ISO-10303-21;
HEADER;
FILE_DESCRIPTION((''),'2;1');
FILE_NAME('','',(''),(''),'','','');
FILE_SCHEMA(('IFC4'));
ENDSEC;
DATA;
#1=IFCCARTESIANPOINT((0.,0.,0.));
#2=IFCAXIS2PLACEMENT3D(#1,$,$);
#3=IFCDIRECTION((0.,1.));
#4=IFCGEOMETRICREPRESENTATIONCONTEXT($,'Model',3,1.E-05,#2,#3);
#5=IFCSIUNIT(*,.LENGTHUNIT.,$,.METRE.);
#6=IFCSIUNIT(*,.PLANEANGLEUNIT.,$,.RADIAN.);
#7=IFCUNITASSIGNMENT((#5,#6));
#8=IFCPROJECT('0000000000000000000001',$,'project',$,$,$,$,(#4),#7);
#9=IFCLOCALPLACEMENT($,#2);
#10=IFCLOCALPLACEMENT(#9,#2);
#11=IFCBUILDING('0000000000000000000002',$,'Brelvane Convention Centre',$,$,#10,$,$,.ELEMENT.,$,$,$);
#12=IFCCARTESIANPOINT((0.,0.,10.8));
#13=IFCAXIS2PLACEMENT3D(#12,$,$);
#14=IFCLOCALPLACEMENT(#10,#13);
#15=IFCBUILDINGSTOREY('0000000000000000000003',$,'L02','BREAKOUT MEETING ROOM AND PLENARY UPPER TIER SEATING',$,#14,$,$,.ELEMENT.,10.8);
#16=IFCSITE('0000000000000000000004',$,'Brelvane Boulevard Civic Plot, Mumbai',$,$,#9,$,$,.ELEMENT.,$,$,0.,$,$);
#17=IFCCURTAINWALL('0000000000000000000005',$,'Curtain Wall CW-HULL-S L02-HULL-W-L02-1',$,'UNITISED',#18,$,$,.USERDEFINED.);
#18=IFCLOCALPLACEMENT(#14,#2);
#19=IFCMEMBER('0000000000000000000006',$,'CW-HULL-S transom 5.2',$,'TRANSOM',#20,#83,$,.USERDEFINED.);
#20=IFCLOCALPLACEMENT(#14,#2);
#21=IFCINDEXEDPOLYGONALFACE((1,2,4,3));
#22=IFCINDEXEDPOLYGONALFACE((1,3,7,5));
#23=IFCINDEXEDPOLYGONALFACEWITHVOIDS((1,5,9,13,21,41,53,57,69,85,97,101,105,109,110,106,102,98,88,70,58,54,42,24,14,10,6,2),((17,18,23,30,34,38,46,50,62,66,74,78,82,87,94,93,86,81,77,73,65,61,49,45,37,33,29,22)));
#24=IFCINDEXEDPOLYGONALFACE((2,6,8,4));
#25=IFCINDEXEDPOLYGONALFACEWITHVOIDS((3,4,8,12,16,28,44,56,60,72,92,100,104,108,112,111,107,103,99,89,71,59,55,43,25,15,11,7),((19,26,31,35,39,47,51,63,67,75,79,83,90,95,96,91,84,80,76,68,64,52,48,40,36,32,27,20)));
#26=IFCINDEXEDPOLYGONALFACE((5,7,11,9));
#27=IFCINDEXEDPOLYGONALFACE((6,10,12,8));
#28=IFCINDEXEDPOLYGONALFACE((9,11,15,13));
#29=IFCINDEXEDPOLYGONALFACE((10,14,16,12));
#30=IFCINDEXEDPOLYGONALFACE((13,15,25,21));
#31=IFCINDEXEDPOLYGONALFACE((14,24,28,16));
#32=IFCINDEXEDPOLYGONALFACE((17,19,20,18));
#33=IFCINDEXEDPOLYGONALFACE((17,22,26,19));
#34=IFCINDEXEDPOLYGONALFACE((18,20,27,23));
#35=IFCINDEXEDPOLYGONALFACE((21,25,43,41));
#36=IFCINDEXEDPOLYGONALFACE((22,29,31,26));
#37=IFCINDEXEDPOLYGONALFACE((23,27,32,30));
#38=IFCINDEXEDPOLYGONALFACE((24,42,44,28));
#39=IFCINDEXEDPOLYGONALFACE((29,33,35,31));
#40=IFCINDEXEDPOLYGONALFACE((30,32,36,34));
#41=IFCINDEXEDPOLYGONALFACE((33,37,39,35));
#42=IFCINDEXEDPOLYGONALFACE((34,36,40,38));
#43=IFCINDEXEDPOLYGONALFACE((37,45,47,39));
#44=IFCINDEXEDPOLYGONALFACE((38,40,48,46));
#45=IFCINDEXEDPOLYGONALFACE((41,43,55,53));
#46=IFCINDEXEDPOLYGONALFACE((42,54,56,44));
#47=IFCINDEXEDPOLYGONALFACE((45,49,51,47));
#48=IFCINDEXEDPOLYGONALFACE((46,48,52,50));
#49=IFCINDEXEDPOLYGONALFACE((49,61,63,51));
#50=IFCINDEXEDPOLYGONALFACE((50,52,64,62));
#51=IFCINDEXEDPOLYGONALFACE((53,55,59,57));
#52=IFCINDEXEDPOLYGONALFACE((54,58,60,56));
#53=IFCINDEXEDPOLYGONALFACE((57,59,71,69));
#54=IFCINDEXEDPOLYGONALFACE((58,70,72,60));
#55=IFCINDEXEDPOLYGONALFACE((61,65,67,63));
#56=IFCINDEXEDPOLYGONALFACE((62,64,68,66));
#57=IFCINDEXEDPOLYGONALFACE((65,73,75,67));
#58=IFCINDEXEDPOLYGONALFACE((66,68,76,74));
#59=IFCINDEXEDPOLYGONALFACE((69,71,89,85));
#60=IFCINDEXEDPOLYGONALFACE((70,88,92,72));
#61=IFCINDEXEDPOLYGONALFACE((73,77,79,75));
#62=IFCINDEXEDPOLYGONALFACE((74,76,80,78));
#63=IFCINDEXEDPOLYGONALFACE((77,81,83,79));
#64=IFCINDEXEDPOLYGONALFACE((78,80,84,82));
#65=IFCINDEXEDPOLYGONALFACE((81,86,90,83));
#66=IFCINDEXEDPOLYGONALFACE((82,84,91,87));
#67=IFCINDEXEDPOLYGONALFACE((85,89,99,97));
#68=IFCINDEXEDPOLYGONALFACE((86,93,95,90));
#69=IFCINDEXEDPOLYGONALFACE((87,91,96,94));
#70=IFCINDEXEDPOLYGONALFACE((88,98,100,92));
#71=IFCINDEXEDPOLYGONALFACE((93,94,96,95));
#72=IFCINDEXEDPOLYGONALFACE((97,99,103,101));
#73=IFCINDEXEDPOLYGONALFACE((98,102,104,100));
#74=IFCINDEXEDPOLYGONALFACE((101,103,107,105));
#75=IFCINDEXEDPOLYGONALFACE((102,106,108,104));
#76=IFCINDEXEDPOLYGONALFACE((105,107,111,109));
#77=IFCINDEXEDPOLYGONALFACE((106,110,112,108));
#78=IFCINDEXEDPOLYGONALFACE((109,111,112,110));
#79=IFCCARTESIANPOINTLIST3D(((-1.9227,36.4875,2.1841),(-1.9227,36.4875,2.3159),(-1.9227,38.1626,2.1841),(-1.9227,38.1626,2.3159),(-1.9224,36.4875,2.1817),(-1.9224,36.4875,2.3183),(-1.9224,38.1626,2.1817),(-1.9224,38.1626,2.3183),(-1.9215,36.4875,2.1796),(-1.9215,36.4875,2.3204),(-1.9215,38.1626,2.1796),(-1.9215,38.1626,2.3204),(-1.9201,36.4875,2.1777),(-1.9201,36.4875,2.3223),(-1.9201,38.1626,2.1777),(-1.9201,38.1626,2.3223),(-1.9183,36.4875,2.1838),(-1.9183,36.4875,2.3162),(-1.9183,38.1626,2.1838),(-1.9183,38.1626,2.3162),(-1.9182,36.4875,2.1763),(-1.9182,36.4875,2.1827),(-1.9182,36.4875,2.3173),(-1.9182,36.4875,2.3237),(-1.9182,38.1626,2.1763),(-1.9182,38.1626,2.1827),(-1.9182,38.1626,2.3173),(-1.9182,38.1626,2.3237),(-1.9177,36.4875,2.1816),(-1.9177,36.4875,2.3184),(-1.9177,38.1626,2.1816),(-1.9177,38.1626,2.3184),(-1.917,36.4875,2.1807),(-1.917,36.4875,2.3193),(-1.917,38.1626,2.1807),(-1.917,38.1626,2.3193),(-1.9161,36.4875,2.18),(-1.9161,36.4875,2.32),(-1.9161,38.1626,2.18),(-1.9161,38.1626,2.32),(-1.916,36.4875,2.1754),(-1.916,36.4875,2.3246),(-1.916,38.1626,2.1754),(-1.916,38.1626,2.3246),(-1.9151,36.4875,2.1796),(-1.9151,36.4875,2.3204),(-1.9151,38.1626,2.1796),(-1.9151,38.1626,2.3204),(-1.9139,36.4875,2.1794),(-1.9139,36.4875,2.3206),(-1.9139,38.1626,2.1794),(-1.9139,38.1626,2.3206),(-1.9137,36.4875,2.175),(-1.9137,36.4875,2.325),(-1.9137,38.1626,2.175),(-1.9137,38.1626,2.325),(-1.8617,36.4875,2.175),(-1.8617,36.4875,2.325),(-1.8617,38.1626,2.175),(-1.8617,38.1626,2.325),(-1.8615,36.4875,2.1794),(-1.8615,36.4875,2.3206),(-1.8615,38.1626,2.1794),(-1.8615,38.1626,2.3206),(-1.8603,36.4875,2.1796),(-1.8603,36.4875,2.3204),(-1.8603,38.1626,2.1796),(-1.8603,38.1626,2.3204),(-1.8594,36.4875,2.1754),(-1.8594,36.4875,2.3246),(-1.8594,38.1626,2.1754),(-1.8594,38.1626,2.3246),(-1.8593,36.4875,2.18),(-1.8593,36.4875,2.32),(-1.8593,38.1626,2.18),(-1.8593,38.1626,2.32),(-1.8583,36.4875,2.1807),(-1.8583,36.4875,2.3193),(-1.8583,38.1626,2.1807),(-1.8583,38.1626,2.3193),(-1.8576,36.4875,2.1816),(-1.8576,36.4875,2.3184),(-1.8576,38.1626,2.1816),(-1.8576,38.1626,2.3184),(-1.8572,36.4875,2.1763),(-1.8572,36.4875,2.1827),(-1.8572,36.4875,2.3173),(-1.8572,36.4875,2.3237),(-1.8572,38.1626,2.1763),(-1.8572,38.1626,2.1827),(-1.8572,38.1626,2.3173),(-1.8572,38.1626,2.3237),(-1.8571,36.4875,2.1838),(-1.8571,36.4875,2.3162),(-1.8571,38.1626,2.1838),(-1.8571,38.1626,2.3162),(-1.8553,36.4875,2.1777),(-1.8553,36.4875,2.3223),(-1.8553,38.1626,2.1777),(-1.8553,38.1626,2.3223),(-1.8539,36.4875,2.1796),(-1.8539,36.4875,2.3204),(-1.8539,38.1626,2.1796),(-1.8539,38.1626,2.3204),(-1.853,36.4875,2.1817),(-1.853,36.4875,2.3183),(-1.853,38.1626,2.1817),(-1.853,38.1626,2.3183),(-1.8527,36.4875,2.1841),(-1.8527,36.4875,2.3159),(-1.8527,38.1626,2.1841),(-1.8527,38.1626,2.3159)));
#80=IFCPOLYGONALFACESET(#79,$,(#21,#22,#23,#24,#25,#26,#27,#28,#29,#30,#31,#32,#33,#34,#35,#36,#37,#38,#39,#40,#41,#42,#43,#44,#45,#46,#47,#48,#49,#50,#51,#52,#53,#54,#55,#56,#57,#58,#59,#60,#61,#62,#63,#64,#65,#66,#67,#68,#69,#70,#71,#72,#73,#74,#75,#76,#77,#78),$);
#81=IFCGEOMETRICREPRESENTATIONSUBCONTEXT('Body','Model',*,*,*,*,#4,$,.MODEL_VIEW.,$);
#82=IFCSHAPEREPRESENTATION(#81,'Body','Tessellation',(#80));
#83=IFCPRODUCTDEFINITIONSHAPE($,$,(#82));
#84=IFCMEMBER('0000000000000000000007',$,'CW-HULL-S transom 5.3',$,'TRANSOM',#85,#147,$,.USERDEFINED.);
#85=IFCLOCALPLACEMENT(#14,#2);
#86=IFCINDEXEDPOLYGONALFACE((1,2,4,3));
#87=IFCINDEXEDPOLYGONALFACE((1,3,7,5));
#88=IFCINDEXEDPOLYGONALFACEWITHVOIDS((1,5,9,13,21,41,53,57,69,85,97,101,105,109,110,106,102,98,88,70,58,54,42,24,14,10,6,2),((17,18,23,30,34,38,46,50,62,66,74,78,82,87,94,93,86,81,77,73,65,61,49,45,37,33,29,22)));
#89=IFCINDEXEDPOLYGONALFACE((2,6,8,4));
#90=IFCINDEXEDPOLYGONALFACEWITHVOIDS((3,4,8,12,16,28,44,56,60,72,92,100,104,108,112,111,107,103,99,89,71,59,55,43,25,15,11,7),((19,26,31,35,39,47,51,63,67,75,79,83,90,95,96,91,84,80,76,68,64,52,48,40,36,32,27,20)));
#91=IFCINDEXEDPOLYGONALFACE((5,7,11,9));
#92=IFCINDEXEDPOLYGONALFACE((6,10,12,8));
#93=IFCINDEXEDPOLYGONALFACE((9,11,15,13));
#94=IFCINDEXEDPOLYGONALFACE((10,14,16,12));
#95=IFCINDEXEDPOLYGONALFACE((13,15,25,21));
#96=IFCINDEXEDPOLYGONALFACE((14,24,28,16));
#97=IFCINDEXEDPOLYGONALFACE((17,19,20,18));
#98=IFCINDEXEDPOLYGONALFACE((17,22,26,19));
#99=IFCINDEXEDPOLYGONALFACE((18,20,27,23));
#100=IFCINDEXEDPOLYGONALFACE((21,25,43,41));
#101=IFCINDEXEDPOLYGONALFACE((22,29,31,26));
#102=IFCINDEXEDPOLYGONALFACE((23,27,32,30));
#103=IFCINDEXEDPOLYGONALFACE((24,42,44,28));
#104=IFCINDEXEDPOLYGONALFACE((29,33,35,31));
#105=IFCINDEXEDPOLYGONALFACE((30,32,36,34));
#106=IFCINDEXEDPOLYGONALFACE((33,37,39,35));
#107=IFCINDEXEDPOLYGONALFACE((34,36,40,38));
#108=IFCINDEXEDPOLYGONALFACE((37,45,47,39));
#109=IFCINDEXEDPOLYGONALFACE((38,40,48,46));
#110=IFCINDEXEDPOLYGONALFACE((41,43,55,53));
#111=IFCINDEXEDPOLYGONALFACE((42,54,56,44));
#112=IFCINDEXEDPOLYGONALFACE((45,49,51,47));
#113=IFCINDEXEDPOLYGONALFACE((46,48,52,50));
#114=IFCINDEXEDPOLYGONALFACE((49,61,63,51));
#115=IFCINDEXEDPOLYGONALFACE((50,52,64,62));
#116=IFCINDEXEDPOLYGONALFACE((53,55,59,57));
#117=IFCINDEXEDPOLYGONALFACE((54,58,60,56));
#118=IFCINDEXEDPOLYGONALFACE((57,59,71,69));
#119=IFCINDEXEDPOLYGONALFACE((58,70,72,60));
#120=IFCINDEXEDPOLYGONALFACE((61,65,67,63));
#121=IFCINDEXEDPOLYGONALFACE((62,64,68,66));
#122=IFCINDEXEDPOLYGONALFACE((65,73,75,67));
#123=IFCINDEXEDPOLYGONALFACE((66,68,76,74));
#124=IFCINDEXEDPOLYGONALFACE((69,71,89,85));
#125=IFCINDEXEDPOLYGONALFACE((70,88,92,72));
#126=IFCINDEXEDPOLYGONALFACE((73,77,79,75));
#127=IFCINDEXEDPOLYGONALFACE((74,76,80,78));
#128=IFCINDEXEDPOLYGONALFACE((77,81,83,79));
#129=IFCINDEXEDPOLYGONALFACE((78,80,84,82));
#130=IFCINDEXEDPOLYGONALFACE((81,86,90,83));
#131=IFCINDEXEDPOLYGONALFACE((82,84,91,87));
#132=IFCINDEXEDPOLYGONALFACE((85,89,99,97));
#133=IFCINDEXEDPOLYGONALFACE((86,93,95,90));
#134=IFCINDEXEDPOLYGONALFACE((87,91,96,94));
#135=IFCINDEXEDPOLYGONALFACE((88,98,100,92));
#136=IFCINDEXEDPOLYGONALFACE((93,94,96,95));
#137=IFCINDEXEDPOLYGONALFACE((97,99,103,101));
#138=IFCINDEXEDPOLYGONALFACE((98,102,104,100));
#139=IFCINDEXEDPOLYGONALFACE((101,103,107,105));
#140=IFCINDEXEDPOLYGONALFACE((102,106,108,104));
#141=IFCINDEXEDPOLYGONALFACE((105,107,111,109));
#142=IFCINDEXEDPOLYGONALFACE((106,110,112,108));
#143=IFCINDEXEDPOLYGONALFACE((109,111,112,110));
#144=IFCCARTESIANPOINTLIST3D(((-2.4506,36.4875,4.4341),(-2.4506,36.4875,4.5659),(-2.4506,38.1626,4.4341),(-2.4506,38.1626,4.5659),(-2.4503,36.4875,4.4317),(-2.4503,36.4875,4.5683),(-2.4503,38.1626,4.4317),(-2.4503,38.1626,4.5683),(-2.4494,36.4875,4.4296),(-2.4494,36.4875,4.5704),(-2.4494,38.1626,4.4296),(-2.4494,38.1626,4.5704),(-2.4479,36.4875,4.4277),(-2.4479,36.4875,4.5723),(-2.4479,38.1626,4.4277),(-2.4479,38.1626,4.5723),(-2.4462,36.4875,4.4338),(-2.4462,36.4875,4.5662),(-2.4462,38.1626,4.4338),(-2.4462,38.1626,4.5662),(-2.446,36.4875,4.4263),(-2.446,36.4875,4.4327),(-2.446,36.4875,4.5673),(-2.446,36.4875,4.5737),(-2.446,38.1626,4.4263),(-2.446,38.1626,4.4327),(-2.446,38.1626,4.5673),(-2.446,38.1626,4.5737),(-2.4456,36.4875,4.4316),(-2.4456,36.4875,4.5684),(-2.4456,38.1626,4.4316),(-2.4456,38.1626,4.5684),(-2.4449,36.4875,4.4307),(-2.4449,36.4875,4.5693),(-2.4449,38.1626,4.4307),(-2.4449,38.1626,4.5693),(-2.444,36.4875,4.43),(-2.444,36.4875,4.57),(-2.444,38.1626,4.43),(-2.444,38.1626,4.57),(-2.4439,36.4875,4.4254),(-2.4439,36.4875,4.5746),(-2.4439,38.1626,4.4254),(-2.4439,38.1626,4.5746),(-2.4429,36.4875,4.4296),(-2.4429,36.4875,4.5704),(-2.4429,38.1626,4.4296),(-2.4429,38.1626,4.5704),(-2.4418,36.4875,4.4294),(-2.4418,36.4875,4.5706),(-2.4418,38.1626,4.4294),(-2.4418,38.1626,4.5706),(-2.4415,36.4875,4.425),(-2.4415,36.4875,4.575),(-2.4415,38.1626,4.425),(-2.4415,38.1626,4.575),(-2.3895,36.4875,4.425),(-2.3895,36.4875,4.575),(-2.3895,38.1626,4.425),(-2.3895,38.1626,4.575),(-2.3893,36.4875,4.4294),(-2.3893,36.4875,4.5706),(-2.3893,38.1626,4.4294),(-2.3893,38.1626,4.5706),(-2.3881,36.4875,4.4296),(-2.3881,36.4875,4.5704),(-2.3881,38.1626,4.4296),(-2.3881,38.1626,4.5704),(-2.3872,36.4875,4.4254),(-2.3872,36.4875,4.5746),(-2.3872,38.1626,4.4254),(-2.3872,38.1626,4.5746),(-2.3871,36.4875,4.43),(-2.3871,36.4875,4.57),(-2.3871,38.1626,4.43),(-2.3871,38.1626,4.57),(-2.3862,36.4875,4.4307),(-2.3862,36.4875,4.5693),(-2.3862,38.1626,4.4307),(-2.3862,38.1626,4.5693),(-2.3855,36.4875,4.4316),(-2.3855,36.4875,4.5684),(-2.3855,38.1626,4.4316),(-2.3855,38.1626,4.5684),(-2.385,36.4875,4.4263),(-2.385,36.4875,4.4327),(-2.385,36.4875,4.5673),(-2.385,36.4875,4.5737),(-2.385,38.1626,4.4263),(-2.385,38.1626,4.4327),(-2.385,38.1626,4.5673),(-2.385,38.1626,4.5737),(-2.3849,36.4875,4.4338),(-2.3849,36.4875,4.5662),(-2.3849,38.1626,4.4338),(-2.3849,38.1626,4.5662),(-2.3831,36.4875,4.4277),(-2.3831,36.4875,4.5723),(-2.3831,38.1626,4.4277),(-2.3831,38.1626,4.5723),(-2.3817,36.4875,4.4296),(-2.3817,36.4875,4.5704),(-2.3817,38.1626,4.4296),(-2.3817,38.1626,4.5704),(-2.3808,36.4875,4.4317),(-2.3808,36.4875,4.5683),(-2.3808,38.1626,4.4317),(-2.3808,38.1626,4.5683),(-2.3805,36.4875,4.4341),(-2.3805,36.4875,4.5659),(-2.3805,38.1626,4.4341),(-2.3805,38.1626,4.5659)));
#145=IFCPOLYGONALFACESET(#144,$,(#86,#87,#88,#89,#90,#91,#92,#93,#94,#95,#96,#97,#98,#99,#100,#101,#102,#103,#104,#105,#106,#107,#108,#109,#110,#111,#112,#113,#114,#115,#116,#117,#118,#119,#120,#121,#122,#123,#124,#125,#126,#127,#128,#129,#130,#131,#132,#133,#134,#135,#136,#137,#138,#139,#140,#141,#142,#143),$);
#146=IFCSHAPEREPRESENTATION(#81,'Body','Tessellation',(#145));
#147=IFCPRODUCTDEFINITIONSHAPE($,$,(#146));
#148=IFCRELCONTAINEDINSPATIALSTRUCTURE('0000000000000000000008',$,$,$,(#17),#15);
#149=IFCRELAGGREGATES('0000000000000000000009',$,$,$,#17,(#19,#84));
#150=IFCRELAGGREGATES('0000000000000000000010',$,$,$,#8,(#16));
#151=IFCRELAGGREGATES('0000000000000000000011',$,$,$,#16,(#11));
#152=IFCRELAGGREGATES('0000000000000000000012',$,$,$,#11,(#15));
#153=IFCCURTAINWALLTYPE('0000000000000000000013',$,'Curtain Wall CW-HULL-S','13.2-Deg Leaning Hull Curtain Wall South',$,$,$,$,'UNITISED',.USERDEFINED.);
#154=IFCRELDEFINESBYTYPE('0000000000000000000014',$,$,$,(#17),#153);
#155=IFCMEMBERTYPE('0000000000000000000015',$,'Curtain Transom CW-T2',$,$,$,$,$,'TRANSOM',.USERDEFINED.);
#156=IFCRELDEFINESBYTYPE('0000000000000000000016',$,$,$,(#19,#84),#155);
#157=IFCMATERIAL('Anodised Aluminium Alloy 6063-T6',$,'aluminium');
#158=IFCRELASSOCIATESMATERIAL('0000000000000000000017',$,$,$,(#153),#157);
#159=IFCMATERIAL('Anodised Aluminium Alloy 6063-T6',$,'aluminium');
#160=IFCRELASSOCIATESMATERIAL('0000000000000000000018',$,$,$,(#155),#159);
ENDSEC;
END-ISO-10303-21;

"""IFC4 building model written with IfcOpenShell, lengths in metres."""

from ifc_helpers import new_model, si_unit, direction, frame, origin, origin_2d, place, context, subcontext, project, spatial, hollow_rectangle, extrude, material, material_profile, profile_set, type_object, element, aggregate, save


model = new_model("IFC4")

# Units and contexts
model_context = context("Model", 3, precision=1e-05, world=origin(), true_north=direction((0.0, 1.0)))
body_context = subcontext(model_context, "Body", "Model", "MODEL_VIEW")
ifc_project = project(units=[si_unit("LENGTHUNIT", "METRE"), si_unit("PLANEANGLEUNIT", "RADIAN")], contexts=[model_context])

# Site, building, storey
site_placement = place(None, origin())
site = spatial("IfcSite", under=ifc_project, at=site_placement, Name="Brelvane Boulevard Civic Plot, Mumbai", CompositionType="ELEMENT", RefElevation=0.0)
building_placement = place(site_placement, origin())
building = spatial("IfcBuilding", under=site, at=building_placement, Name="Brelvane Convention Centre", CompositionType="ELEMENT")
storey_placement = place(building_placement, frame((0.0, 0.0, 10.8)))
storey = spatial("IfcBuildingStorey", under=building, at=storey_placement, Name="L02", Description="BREAKOUT MEETING ROOM AND PLENARY UPPER TIER SEATING", CompositionType="ELEMENT", Elevation=10.8)

# Curtain wall, members
ifc_material_1 = material(Name="Anodised Aluminium Alloy 6063-T6", Category="aluminium")
curtain_wall_type = type_object("IfcCurtainWallType", Name="Curtain Wall CW-HULL-S", Description="13.2-Deg Leaning Hull Curtain Wall South", ElementType="UNITISED", PredefinedType="USERDEFINED", material=ifc_material_1)
curtain_wall_1_placement = place(storey_placement, origin())
curtain_wall_1 = element("IfcCurtainWall", 1, at=curtain_wall_1_placement, inside=storey, type_object=curtain_wall_type, Name="Curtain Wall CW-HULL-S L02-HULL-W-L02-1", ObjectType="UNITISED", PredefinedType="USERDEFINED")
ifc_material_2 = material(Name="Anodised Aluminium Alloy 6063-T6", Category="aluminium")
ifc_material_profile = material_profile(ifc_material_2, hollow_rectangle(XDim=0.0701, YDim=0.1499, WallThickness=0.0044, InnerFilletRadius=0.0044, OuterFilletRadius=0.009, at=origin_2d()), Name="ALU-T 150x70x4.5")
ifc_profile_set = profile_set([ifc_material_profile], Name="Anodised Aluminium Alloy 6063-T6")
member_type = type_object("IfcMemberType", Name="Curtain Transom CW-T2", ElementType="TRANSOM", PredefinedType="USERDEFINED", material=ifc_profile_set)
member_1_placement = place(storey_placement, frame((-1.8877, 36.4875, 2.25), z_axis=(0.0, 1.0, 0.0), x_axis=(-1.0, 0.0, 0.0)))
member_1 = element("IfcMember", 2, at=member_1_placement, type_object=member_type, Name="CW-HULL-S transom 5.2", ObjectType="TRANSOM", PredefinedType="USERDEFINED", context=body_context, shape_type="SweptSolid", body=[
    extrude(hollow_rectangle(XDim=0.0701, YDim=0.1499, WallThickness=0.0044, InnerFilletRadius=0.0044, OuterFilletRadius=0.009, at=origin_2d()), origin(), (0.0, 0.0, 1.0), 1.675),
])
member_2_placement = place(storey_placement, frame((-2.4155, 36.4875, 4.5), z_axis=(0.0, 1.0, 0.0), x_axis=(-1.0, 0.0, 0.0)))
member_2 = element("IfcMember", 3, at=member_2_placement, type_object=member_type, Name="CW-HULL-S transom 5.3", ObjectType="TRANSOM", PredefinedType="USERDEFINED", context=body_context, shape_type="SweptSolid", body=[
    extrude(hollow_rectangle(XDim=0.0701, YDim=0.1499, WallThickness=0.0044, InnerFilletRadius=0.0044, OuterFilletRadius=0.009, at=origin_2d()), origin(), (0.0, 0.0, 1.0), 1.675),
])

aggregate(curtain_wall_1, [member_1, member_2])

save(model, "model.ifc")
